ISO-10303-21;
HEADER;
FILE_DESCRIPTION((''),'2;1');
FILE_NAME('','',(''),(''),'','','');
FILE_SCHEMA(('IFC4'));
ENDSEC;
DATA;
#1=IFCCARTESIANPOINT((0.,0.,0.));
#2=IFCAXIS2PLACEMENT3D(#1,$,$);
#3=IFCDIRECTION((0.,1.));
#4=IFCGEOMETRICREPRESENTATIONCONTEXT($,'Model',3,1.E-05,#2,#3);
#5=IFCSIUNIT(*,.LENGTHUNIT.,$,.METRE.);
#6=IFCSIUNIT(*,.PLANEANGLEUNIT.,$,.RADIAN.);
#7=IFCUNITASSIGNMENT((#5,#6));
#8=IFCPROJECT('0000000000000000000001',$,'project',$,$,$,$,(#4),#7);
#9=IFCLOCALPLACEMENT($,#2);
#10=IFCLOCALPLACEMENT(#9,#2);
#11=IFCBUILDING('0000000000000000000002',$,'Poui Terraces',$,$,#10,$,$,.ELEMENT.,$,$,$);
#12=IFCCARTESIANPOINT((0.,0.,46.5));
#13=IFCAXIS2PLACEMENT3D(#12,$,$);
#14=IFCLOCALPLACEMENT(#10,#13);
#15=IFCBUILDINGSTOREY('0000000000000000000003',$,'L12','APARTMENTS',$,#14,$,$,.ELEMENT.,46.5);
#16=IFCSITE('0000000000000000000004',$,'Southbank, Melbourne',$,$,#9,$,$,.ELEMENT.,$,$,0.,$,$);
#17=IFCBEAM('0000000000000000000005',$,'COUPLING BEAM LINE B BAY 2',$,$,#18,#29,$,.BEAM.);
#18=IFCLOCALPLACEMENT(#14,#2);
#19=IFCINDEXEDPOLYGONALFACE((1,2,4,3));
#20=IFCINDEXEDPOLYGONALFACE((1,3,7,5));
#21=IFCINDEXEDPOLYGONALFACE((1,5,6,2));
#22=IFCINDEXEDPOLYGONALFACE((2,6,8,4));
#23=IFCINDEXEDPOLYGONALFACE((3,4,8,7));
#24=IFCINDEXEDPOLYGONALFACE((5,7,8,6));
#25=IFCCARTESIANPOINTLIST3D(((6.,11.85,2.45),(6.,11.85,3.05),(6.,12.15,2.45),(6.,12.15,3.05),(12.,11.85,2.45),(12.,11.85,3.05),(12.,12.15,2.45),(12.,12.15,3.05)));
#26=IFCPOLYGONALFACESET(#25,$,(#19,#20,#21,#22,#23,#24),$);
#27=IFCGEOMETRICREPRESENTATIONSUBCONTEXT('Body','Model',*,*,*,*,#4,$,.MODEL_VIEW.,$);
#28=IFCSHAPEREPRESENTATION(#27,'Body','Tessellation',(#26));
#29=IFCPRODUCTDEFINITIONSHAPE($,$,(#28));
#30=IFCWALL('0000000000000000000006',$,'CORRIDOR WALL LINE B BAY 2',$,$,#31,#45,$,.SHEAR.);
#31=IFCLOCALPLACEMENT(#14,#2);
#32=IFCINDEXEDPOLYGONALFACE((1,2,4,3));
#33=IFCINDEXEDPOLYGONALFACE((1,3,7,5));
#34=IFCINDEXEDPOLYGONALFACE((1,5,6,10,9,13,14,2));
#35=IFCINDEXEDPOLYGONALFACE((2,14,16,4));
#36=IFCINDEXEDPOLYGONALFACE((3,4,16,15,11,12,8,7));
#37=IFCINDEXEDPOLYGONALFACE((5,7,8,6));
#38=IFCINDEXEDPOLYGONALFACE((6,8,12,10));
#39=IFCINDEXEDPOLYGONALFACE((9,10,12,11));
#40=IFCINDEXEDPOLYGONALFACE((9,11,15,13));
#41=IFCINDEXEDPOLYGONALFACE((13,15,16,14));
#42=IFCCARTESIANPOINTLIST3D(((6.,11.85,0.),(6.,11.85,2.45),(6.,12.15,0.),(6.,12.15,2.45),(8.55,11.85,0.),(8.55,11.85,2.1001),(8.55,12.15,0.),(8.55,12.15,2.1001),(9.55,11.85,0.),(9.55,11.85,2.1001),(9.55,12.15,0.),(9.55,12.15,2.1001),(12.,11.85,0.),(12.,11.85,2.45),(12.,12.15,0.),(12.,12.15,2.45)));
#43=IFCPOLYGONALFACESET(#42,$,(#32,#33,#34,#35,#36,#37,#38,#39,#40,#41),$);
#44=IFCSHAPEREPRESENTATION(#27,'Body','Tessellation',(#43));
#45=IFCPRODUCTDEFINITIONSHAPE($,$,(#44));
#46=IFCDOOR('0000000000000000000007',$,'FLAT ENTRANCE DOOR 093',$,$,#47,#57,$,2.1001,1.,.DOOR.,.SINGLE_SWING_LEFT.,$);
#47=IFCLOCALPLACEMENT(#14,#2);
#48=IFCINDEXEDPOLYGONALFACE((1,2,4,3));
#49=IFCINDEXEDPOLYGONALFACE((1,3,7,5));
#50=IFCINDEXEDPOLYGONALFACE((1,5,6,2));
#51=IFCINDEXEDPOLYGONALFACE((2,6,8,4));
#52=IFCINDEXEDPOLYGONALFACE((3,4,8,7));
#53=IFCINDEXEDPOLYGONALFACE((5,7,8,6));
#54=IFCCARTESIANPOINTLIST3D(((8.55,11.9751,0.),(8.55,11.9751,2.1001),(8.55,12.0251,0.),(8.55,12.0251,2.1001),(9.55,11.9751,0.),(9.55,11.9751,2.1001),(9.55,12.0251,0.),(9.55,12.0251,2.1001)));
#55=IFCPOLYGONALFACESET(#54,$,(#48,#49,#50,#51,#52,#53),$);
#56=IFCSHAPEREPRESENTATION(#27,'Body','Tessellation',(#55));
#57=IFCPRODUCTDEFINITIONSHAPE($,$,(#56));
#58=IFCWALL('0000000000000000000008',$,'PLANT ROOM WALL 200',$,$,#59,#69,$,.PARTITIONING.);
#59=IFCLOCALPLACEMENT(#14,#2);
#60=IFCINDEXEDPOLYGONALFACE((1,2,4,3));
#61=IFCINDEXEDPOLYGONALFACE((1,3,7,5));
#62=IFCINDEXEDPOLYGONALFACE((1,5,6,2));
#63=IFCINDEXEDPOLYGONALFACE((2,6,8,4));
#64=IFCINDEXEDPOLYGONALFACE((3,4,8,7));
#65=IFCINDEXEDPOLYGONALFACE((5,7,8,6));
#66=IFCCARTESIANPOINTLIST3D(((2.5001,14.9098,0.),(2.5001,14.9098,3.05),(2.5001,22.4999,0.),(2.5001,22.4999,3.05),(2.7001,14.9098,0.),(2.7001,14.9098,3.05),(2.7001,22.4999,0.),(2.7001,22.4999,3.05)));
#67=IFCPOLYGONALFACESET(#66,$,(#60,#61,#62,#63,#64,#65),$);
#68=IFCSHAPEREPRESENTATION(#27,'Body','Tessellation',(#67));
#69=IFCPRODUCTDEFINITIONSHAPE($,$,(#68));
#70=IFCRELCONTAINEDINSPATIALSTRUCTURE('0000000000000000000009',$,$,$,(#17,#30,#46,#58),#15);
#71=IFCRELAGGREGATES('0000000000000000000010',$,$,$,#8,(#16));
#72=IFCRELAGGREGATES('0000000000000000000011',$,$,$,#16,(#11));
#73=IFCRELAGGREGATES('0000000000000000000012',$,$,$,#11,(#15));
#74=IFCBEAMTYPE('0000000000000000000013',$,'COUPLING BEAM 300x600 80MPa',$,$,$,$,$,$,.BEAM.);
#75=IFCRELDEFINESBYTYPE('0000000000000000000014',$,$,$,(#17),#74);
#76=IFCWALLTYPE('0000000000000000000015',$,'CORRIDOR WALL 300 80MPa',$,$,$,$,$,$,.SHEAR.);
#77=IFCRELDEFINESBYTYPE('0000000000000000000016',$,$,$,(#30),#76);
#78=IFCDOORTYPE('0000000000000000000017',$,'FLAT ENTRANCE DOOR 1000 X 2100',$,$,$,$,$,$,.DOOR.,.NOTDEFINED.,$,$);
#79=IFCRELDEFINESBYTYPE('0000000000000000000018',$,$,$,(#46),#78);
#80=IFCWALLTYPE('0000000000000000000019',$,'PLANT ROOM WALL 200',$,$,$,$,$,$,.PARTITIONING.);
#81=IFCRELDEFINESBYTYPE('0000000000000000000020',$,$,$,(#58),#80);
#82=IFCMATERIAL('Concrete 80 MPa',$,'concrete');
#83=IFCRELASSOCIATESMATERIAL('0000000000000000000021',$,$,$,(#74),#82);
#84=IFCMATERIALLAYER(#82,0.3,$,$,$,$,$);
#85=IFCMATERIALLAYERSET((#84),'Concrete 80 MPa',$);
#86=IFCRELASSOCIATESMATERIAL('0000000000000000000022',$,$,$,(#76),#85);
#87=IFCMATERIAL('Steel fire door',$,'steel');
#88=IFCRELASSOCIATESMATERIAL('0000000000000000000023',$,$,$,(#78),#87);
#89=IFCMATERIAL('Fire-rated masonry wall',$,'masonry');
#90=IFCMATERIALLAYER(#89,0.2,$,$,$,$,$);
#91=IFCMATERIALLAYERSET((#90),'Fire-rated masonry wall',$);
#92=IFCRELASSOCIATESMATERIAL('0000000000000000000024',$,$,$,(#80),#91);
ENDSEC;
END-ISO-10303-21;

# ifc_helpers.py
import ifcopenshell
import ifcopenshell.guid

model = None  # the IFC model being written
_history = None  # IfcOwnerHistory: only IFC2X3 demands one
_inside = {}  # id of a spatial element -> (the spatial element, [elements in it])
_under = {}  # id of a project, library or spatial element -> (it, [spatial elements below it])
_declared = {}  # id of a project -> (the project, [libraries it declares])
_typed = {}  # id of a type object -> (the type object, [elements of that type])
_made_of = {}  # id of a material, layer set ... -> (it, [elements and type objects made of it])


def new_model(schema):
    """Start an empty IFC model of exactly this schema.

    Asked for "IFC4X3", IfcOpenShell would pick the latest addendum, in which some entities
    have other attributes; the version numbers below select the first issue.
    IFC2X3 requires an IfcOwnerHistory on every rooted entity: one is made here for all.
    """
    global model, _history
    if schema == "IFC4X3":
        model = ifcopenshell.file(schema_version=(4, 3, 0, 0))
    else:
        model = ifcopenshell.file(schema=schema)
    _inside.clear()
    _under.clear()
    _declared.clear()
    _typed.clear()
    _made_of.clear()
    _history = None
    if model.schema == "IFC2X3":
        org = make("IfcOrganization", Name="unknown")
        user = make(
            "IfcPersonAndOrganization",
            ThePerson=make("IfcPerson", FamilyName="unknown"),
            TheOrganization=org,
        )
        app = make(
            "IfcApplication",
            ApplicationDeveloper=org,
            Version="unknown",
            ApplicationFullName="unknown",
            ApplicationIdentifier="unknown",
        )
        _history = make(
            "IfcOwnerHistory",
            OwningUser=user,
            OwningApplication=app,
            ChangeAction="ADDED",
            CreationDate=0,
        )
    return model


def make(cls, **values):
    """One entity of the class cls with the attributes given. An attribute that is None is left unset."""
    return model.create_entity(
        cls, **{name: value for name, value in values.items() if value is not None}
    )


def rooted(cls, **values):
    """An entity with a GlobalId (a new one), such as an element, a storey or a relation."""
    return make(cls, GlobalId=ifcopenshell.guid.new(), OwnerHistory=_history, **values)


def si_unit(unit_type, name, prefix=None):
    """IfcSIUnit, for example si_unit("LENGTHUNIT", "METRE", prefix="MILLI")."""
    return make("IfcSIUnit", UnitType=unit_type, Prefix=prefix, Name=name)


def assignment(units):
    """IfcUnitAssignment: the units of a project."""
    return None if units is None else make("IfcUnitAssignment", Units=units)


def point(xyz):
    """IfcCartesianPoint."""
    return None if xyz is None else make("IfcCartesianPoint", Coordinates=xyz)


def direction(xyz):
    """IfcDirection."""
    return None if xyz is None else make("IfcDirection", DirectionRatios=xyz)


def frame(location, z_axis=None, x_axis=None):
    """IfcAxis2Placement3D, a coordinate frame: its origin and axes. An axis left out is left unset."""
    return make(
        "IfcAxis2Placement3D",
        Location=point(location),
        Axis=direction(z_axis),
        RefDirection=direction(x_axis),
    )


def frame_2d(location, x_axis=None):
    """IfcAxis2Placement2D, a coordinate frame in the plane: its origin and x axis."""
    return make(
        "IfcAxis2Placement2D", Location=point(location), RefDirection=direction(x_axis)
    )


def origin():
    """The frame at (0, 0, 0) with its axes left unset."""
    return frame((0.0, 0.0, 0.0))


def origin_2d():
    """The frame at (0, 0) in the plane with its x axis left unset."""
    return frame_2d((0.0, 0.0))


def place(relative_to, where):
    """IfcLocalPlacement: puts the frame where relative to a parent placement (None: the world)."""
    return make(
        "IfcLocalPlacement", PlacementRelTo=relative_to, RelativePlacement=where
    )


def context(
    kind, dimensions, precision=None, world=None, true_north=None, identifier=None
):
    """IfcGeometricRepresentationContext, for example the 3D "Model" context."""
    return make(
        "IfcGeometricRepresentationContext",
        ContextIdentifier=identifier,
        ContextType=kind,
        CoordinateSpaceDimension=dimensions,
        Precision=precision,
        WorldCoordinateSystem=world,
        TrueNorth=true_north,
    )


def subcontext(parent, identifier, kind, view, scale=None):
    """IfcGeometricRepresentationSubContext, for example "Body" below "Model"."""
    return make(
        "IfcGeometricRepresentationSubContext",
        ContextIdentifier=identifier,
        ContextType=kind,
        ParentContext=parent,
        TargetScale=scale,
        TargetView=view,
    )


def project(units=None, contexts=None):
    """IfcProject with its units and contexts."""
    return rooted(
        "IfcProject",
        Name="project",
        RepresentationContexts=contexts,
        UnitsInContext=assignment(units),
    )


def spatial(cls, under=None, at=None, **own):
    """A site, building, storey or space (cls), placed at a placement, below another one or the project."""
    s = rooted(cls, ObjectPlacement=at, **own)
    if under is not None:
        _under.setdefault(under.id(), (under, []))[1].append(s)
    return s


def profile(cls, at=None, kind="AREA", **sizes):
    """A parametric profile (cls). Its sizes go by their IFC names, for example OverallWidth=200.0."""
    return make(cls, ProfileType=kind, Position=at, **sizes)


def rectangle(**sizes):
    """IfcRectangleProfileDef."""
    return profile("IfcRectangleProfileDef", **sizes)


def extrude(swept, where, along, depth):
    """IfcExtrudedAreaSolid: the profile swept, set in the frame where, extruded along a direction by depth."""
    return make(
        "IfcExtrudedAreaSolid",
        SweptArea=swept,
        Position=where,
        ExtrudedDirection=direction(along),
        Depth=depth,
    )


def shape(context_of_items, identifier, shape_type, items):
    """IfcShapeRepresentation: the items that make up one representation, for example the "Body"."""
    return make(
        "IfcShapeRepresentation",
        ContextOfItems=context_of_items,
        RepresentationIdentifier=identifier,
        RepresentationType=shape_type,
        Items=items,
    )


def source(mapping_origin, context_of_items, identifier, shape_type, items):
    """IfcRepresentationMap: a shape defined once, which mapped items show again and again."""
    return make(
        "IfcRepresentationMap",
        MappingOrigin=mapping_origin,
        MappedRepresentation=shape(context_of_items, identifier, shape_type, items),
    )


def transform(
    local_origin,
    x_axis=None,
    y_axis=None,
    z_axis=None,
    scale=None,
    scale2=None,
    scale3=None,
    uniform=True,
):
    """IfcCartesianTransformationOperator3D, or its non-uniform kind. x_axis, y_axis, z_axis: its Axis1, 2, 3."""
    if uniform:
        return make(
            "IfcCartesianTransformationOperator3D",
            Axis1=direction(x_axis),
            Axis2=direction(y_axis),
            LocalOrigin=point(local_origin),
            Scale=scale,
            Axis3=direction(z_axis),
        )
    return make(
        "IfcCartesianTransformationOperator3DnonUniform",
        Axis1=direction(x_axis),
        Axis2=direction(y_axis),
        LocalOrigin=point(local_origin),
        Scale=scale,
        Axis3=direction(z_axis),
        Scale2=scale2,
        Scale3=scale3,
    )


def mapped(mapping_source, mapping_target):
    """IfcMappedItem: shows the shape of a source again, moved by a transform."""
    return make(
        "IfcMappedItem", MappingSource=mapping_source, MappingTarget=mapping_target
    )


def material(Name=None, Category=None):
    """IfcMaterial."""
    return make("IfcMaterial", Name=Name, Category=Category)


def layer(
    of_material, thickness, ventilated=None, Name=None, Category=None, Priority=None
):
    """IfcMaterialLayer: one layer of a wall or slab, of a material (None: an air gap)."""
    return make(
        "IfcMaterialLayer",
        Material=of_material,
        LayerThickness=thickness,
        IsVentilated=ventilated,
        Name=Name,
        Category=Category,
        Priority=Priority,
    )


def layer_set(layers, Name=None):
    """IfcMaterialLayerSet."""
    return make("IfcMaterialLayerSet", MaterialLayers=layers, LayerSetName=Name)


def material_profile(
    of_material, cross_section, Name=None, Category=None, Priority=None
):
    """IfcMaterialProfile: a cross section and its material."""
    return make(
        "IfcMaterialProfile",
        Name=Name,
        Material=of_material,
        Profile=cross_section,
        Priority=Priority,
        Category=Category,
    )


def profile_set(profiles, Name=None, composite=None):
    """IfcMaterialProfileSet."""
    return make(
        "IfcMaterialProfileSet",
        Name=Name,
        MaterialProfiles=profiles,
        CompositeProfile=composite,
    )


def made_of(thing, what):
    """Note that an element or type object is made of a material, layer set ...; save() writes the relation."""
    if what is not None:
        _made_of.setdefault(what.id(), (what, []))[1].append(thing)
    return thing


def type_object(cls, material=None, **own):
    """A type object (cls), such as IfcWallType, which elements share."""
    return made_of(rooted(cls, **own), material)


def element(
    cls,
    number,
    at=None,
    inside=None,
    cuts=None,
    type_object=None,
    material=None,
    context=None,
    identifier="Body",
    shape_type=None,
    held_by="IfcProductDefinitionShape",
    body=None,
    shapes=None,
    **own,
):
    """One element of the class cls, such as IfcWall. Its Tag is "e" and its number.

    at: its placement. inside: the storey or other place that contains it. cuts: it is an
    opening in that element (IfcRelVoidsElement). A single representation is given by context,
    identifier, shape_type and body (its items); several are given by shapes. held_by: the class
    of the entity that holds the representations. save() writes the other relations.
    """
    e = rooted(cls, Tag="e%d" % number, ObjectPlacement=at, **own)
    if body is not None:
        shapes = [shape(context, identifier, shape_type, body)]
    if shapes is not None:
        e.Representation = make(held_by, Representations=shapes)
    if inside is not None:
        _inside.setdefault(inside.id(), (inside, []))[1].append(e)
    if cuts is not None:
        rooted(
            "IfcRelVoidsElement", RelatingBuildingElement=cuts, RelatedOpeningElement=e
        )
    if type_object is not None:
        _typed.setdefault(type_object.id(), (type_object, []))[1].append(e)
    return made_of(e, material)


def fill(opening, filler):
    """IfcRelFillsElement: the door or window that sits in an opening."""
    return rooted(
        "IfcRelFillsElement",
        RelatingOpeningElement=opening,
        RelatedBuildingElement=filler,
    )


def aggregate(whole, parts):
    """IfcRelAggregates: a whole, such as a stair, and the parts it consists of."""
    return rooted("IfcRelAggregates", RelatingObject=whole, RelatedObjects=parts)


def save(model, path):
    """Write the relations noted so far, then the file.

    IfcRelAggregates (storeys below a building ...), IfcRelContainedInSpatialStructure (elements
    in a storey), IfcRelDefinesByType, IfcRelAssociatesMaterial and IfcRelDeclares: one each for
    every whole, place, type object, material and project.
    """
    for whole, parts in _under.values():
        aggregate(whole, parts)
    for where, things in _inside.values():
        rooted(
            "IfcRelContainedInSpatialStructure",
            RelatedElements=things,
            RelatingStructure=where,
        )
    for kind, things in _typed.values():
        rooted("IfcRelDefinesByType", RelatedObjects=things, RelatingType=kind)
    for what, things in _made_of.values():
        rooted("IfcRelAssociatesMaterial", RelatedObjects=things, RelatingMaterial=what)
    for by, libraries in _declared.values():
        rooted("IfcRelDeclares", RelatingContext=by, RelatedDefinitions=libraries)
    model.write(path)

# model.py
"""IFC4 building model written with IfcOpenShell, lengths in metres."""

from ifc_helpers import new_model, si_unit, direction, frame, frame_2d, origin, origin_2d, place, context, subcontext, project, spatial, rectangle, extrude, source, transform, mapped, material, layer, layer_set, material_profile, profile_set, type_object, element, fill, save


model = new_model("IFC4")

# Units and contexts
model_context = context("Model", 3, precision=1e-05, world=origin(), true_north=direction((0.0, 1.0)))
body_context = subcontext(model_context, "Body", "Model", "MODEL_VIEW")
ifc_project = project(units=[si_unit("LENGTHUNIT", "METRE"), si_unit("PLANEANGLEUNIT", "RADIAN")], contexts=[model_context])

# Site, building, storey
site_placement = place(None, origin())
site = spatial("IfcSite", under=ifc_project, at=site_placement, Name="Southbank, Melbourne", CompositionType="ELEMENT", RefElevation=0.0)
building_placement = place(site_placement, origin())
building = spatial("IfcBuilding", under=site, at=building_placement, Name="Poui Terraces", CompositionType="ELEMENT")
storey_placement = place(building_placement, frame((0.0, 0.0, 46.5)))
storey = spatial("IfcBuildingStorey", under=building, at=storey_placement, Name="L12", Description="APARTMENTS", CompositionType="ELEMENT", Elevation=46.5)

# Beam
ifc_material_1 = material(Name="Concrete 80 MPa", Category="concrete")
ifc_material_profile = material_profile(ifc_material_1, rectangle(XDim=0.3, YDim=0.6001, at=origin_2d()), Name="RC 300x600")
ifc_profile_set = profile_set([ifc_material_profile], Name="Concrete 80 MPa")
beam_type = type_object("IfcBeamType", Name="COUPLING BEAM 300x600 80MPa", PredefinedType="BEAM", material=ifc_profile_set)
shared_shape = source(origin(), body_context, "Body", "SweptSolid", [
    extrude(rectangle(XDim=0.3, YDim=0.6001, at=origin_2d()), origin(), (0.0, 0.0, 1.0), 6.0),
])
beam_placement = place(storey_placement, frame((6.0, 12.0, 2.75), z_axis=(1.0, 0.0, 0.0), x_axis=(0.0, 1.0, 0.0)))
element("IfcBeam", 1, at=beam_placement, inside=storey, type_object=beam_type, Name="COUPLING BEAM LINE B BAY 2", PredefinedType="BEAM", context=body_context, shape_type="MappedRepresentation", body=[
    mapped(shared_shape, transform((0.0, 0.0, 0.0))),
])

# Wall, opening, door
ifc_layer_1 = layer(ifc_material_1, 0.3)
ifc_layer_set_1 = layer_set([ifc_layer_1], Name="Concrete 80 MPa")
wall_type_1 = type_object("IfcWallType", Name="CORRIDOR WALL 300 80MPa", PredefinedType="SHEAR", material=ifc_layer_set_1)
wall_1_placement = place(storey_placement, frame((6.0, 12.0, 0.0), z_axis=(0.0, 0.0, 1.0), x_axis=(1.0, 0.0, 0.0)))
wall_1 = element("IfcWall", 2, at=wall_1_placement, inside=storey, type_object=wall_type_1, Name="CORRIDOR WALL LINE B BAY 2", PredefinedType="SHEAR", context=body_context, shape_type="SweptSolid", body=[
    extrude(rectangle(XDim=6.0, YDim=0.3, at=frame_2d((3.0, 0.0))), origin(), (0.0, 0.0, 1.0), 2.45),
])
opening_1_placement = place(wall_1_placement, frame((2.55, 0.0, 0.0)))
opening_1 = element("IfcOpeningElement", 3, at=opening_1_placement, cuts=wall_1, PredefinedType="OPENING", context=body_context, shape_type="SweptSolid", body=[
    extrude(rectangle(XDim=1.0, YDim=2.1001, at=frame_2d((0.5, 1.05))), frame((0.0, 0.1602, 0.0), z_axis=(0.0, -1.0, 0.0), x_axis=(1.0, 0.0, 0.0)), (0.0, 0.0, 1.0), 0.3201),
])
ifc_material_2 = material(Name="Steel fire door", Category="steel")
door_type_1 = type_object("IfcDoorType", Name="FLAT ENTRANCE DOOR 1000 X 2100", OperationType="NOTDEFINED", PredefinedType="DOOR", material=ifc_material_2)
door_1_placement = place(opening_1_placement, frame((1.0, 0.0, 0.0), z_axis=(0.0, 0.0, 1.0), x_axis=(-1.0, 0.0, 0.0)))
door_1 = element("IfcDoor", 4, at=door_1_placement, inside=storey, type_object=door_type_1, Name="FLAT ENTRANCE DOOR 093", OperationType="SINGLE_SWING_LEFT", OverallHeight=2.1001, OverallWidth=1.0, PredefinedType="DOOR", context=body_context, shape_type="SweptSolid", body=[
    extrude(rectangle(XDim=1.0, YDim=2.1001, at=frame_2d((0.5, 1.05))), frame((0.0, 0.0249, 0.0), z_axis=(0.0, -1.0, 0.0), x_axis=(1.0, 0.0, 0.0)), (0.0, 0.0, 1.0), 0.05),
])
fill(opening_1, door_1)

# Wall
ifc_material_3 = material(Name="Fire-rated masonry wall", Category="masonry")
ifc_layer_2 = layer(ifc_material_3, 0.2)
ifc_layer_set_2 = layer_set([ifc_layer_2], Name="Fire-rated masonry wall")
wall_type_2 = type_object("IfcWallType", Name="PLANT ROOM WALL 200", PredefinedType="PARTITIONING", material=ifc_layer_set_2)
wall_2_placement = place(storey_placement, frame((2.6001, 14.9099, 0.0), z_axis=(0.0, 0.0, 1.0), x_axis=(0.0, 1.0, 0.0)))
element("IfcWall", 5, at=wall_2_placement, inside=storey, type_object=wall_type_2, Name="PLANT ROOM WALL 200", PredefinedType="PARTITIONING", context=body_context, shape_type="SweptSolid", body=[
    extrude(rectangle(XDim=7.5901, YDim=0.2, at=frame_2d((3.7949, 0.0))), origin(), (0.0, 0.0, 1.0), 3.05),
])

save(model, "model.ifc")
